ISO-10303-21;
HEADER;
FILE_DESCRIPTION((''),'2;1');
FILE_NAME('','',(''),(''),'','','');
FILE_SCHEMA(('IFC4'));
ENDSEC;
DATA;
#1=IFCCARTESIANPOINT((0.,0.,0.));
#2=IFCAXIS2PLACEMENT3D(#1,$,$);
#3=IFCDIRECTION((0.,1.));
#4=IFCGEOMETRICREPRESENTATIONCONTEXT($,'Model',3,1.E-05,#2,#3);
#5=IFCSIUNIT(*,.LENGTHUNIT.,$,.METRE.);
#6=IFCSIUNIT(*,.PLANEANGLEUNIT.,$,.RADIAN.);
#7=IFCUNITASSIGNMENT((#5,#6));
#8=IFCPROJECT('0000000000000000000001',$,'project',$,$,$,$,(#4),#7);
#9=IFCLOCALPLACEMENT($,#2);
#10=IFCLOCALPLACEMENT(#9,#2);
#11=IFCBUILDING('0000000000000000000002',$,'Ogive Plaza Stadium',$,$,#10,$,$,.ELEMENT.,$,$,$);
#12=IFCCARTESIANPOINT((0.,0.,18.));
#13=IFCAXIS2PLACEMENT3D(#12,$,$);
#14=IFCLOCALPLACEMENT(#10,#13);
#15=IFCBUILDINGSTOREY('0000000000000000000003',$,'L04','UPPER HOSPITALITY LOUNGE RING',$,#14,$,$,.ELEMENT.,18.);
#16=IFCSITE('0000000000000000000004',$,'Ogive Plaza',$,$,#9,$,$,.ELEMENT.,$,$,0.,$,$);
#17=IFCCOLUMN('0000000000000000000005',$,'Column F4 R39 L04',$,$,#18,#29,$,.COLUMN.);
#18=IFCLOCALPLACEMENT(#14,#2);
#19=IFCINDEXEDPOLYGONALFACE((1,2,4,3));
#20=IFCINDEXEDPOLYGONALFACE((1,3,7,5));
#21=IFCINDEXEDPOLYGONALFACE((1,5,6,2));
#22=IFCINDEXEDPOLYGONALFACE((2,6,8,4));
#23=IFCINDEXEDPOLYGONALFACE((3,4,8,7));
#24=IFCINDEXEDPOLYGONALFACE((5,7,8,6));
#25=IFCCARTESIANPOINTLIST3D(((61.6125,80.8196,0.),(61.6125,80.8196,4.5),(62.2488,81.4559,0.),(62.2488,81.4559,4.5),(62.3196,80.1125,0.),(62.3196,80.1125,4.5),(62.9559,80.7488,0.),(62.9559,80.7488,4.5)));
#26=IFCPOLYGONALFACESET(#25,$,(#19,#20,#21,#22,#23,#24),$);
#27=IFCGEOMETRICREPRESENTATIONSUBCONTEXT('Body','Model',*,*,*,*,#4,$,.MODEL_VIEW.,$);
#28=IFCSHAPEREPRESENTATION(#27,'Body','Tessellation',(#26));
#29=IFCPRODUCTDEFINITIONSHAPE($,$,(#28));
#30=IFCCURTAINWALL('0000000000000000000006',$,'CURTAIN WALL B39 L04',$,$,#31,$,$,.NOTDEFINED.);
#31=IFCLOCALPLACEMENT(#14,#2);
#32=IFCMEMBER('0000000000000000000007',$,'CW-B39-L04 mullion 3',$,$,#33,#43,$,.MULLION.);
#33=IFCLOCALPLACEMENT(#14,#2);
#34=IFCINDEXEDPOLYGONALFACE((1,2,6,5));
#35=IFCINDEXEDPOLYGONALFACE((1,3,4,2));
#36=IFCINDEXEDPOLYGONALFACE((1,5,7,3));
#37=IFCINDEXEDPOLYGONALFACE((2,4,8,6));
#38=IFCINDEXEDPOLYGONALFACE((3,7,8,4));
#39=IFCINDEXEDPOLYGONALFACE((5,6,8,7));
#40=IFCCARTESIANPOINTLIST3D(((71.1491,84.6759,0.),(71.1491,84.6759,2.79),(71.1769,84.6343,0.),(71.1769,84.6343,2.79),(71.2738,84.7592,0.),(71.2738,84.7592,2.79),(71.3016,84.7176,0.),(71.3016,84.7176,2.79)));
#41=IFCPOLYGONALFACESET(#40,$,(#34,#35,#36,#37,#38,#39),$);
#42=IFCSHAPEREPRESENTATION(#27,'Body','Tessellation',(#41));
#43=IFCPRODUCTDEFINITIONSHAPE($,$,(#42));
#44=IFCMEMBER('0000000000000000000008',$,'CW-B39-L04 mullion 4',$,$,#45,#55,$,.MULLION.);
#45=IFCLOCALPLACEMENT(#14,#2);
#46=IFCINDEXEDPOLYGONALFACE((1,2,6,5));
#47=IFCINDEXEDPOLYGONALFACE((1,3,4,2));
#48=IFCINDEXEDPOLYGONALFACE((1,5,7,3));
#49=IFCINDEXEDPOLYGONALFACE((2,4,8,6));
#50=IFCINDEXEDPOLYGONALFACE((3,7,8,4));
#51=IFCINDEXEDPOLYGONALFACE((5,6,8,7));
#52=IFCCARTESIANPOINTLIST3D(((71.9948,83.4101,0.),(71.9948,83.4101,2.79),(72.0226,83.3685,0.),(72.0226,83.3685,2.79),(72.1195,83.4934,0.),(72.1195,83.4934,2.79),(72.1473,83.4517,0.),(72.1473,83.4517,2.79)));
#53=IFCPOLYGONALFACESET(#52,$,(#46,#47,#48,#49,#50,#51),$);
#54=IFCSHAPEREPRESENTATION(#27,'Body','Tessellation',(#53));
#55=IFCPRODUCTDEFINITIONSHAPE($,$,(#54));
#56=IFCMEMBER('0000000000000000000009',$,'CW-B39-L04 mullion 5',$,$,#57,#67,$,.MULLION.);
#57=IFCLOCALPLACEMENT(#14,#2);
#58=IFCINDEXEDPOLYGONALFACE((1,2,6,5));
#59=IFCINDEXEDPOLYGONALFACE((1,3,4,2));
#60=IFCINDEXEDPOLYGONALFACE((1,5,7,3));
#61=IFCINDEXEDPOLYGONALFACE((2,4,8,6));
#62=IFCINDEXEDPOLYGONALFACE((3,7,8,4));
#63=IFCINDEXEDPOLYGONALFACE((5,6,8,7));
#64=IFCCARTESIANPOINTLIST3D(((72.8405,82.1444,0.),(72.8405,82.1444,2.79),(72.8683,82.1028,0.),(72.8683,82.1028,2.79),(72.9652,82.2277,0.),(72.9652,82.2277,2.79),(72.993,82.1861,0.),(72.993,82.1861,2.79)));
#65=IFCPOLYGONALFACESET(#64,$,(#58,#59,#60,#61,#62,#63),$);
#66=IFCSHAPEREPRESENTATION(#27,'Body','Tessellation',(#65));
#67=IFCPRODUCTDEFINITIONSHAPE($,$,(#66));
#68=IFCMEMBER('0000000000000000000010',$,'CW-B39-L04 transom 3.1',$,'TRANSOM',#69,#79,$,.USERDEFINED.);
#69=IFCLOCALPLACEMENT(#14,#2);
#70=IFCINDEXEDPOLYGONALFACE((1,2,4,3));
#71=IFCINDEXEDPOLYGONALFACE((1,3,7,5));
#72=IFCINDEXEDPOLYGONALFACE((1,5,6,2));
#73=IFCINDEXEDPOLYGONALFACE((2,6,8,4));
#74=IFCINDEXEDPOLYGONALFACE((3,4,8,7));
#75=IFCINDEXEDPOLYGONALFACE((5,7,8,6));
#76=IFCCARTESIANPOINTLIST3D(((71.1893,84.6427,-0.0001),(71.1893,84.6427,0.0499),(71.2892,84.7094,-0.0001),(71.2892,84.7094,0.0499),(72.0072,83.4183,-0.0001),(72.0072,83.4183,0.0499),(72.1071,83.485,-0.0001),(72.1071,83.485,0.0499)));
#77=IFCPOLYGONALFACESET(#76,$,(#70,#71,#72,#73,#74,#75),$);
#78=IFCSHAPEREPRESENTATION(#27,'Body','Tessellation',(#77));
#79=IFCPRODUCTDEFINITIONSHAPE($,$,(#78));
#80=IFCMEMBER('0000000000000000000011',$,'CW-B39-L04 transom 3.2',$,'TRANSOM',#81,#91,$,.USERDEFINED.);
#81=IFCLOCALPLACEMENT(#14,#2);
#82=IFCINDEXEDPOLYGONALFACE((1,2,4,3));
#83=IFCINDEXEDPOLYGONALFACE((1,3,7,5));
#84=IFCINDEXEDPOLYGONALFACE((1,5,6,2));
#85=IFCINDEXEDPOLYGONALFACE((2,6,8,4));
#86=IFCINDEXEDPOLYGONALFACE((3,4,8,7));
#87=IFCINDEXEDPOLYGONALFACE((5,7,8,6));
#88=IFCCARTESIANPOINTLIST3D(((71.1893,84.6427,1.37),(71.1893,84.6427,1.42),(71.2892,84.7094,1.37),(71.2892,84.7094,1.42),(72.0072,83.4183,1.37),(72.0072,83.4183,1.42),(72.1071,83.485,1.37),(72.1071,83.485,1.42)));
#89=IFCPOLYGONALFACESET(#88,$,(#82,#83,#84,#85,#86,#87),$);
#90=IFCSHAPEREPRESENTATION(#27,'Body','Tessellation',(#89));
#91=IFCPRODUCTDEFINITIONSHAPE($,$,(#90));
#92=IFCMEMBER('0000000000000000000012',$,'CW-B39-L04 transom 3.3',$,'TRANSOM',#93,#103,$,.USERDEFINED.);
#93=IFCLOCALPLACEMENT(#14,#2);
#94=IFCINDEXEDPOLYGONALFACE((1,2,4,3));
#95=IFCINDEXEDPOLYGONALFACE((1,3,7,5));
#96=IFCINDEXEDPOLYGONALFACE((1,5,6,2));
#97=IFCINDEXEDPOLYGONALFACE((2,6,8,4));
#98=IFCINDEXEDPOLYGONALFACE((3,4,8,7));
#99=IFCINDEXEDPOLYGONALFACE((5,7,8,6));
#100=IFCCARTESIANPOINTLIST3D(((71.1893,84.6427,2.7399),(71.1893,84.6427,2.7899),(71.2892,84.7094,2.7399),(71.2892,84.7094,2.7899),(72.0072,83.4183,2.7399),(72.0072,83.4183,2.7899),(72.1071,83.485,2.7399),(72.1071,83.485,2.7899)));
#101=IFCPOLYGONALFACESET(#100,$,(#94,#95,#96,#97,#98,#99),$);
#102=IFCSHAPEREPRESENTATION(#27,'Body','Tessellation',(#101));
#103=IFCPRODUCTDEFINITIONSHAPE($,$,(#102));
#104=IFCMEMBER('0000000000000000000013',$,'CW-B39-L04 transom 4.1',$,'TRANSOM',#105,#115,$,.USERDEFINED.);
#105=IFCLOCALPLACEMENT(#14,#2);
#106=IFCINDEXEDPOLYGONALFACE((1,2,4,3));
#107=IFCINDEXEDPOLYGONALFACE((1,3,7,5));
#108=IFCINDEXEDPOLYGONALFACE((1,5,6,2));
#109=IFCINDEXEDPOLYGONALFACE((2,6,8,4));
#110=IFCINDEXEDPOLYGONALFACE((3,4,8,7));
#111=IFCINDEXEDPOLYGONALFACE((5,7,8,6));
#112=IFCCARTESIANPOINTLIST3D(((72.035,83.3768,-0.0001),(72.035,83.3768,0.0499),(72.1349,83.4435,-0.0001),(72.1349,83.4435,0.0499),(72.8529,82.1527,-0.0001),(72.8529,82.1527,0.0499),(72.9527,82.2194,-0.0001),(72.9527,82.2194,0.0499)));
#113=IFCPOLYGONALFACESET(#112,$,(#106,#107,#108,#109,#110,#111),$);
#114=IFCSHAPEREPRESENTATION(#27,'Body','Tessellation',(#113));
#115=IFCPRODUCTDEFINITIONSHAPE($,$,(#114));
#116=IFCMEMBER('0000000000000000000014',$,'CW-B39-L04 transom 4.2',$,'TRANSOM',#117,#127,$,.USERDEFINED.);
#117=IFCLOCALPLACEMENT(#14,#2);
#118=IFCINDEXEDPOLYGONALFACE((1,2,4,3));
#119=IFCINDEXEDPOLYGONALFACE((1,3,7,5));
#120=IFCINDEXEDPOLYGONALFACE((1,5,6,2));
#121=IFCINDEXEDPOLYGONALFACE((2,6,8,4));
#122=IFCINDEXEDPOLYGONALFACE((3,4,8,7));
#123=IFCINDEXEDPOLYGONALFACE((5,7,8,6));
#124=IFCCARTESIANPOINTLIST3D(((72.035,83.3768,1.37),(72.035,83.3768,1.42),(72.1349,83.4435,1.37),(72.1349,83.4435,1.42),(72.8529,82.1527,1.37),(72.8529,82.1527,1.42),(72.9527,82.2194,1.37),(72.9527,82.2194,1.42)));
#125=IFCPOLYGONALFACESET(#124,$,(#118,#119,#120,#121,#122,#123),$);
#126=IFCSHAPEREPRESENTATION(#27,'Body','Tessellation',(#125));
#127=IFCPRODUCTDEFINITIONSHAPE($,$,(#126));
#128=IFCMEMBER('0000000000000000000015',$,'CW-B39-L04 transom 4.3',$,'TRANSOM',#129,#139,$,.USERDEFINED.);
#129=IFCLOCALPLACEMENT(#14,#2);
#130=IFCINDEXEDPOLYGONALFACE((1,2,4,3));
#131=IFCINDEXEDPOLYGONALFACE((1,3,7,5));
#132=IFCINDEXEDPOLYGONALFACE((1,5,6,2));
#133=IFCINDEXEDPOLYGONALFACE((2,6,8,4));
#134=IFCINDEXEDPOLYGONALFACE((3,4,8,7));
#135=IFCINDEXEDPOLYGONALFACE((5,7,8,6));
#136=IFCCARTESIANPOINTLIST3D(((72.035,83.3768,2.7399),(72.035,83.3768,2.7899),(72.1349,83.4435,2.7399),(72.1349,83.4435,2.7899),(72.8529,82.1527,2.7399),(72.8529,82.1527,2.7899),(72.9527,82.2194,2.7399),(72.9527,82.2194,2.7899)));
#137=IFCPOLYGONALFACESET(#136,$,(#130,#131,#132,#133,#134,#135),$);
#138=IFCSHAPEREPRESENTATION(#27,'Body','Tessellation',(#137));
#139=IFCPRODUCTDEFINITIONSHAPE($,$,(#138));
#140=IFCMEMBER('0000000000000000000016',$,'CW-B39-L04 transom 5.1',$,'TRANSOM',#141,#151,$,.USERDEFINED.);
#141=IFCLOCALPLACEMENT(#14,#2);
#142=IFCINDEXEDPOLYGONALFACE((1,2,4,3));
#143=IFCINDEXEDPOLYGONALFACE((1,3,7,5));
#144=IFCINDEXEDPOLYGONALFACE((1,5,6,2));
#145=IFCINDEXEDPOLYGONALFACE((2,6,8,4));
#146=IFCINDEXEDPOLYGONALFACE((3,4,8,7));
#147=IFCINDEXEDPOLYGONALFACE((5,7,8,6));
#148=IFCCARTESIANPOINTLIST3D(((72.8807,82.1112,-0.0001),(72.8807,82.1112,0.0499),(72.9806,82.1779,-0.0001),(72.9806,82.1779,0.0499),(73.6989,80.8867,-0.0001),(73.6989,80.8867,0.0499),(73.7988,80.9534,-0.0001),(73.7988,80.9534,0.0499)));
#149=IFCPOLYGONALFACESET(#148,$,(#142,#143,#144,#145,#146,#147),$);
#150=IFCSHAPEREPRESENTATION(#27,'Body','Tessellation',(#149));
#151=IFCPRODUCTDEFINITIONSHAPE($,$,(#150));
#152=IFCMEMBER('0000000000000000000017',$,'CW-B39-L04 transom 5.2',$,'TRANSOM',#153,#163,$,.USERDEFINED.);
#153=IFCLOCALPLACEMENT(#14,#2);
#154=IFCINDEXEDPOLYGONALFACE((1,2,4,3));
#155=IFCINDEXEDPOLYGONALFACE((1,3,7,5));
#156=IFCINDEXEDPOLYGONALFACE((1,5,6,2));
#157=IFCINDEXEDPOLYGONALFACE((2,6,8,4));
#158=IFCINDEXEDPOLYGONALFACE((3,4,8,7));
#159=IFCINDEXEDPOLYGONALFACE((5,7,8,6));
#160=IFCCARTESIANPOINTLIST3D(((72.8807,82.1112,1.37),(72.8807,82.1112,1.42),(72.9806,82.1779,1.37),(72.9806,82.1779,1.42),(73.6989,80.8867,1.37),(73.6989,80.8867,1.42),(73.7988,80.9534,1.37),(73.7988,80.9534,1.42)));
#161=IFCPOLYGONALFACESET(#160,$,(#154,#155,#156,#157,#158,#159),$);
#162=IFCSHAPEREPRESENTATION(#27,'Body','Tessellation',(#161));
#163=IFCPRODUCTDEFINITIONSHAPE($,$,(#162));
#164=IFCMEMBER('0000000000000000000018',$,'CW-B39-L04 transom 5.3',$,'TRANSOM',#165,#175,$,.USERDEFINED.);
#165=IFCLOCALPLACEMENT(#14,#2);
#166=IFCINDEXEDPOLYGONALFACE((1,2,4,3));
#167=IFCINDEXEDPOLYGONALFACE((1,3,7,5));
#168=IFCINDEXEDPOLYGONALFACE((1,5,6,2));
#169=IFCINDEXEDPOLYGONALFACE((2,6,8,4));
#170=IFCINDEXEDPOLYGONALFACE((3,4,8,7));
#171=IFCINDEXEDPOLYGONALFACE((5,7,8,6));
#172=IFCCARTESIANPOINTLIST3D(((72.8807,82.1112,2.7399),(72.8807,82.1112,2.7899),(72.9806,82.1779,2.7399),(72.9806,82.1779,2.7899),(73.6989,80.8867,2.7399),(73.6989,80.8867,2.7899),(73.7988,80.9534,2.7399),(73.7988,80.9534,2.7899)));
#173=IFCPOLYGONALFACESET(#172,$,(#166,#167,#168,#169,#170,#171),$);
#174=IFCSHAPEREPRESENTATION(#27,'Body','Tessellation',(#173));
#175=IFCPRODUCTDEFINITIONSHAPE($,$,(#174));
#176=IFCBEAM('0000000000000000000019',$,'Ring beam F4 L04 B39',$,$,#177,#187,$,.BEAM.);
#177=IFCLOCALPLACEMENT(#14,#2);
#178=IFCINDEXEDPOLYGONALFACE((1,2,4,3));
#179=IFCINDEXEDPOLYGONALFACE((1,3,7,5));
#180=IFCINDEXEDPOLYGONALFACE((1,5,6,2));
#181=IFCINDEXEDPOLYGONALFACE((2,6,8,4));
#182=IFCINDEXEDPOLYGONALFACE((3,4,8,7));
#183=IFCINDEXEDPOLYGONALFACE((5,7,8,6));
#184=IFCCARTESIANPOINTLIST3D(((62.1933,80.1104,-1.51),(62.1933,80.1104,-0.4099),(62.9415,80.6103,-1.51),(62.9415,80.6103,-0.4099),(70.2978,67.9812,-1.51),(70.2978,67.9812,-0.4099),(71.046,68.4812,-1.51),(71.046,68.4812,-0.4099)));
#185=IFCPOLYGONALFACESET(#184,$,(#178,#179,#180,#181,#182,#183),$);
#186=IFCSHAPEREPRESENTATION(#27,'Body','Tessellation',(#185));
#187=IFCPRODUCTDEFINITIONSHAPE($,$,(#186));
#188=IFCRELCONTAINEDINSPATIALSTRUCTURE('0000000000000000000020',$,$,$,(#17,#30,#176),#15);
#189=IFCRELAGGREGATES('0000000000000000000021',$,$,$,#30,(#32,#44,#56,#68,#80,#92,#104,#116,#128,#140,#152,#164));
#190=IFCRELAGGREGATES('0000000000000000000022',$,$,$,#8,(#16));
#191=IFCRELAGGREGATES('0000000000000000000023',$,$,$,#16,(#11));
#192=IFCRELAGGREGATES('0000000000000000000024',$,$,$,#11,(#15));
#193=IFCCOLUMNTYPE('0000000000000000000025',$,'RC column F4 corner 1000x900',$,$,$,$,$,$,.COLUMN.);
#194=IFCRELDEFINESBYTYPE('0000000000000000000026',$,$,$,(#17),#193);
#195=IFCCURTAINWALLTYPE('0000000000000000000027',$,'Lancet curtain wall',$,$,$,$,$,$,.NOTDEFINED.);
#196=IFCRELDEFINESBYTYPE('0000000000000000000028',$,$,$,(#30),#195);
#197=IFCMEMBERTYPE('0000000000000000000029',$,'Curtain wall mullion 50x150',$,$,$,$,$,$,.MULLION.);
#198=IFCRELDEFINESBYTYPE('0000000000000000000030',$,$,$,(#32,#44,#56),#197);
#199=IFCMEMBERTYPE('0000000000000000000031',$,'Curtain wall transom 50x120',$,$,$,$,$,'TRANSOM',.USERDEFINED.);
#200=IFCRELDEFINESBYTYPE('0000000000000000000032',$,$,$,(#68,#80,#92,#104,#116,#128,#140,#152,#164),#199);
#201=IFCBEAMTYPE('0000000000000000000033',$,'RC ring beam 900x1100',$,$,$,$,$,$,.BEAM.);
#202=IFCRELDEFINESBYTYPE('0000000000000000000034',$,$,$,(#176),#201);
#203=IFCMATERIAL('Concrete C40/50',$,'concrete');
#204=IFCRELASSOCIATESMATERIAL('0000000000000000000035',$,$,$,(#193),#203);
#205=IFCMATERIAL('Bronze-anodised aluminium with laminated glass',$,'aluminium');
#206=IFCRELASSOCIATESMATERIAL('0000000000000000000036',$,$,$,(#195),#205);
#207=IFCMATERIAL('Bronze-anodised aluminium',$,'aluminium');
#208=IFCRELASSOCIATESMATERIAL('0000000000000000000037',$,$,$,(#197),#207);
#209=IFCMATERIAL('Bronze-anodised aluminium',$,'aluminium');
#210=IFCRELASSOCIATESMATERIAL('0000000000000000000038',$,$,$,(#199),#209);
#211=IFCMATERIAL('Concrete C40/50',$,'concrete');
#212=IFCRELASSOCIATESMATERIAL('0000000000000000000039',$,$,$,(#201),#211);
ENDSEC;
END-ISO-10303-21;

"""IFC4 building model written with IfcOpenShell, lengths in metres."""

from ifc_helpers import new_model, si_unit, direction, frame, origin, origin_2d, place, context, subcontext, project, spatial, rectangle, extrude, material, material_profile, profile_set, type_object, element, aggregate, save


model = new_model("IFC4")

# Units and contexts
model_context = context("Model", 3, precision=1e-05, world=origin(), true_north=direction((0.0, 1.0)))
body_context = subcontext(model_context, "Body", "Model", "MODEL_VIEW")
ifc_project = project(units=[si_unit("LENGTHUNIT", "METRE"), si_unit("PLANEANGLEUNIT", "RADIAN")], contexts=[model_context])

# Site, building, storey
site_placement = place(None, origin())
site = spatial("IfcSite", under=ifc_project, at=site_placement, Name="Ogive Plaza", CompositionType="ELEMENT", RefElevation=0.0)
building_placement = place(site_placement, origin())
building = spatial("IfcBuilding", under=site, at=building_placement, Name="Ogive Plaza Stadium", CompositionType="ELEMENT")
storey_placement = place(building_placement, frame((0.0, 0.0, 18.0)))
storey = spatial("IfcBuildingStorey", under=building, at=storey_placement, Name="L04", Description="UPPER HOSPITALITY LOUNGE RING", CompositionType="ELEMENT", Elevation=18.0)

# Column
ifc_material_1 = material(Name="Concrete C40/50", Category="concrete")
ifc_material_profile_1 = material_profile(ifc_material_1, rectangle(XDim=1.0, YDim=0.8999, at=origin_2d()), Name="RC 1000x900")
ifc_profile_set_1 = profile_set([ifc_material_profile_1], Name="Concrete C40/50")
column_type = type_object("IfcColumnType", Name="RC column F4 corner 1000x900", PredefinedType="COLUMN", material=ifc_profile_set_1)
column_placement = place(storey_placement, frame((62.2842, 80.7842, 0.0), z_axis=(0.0, 0.0, 1.0), x_axis=(-0.707107, 0.707107, 0.0)))
element("IfcColumn", 1, at=column_placement, inside=storey, type_object=column_type, Name="Column F4 R39 L04", PredefinedType="COLUMN", context=body_context, shape_type="SweptSolid", body=[
    extrude(rectangle(XDim=1.0, YDim=0.8999, at=origin_2d()), origin(), (0.0, 0.0, 1.0), 4.5),
])

# Curtain wall, members
ifc_material_2 = material(Name="Bronze-anodised aluminium with laminated glass", Category="aluminium")
curtain_wall_type = type_object("IfcCurtainWallType", Name="Lancet curtain wall", PredefinedType="NOTDEFINED", material=ifc_material_2)
curtain_wall_placement = place(storey_placement, origin())
curtain_wall = element("IfcCurtainWall", 2, at=curtain_wall_placement, inside=storey, type_object=curtain_wall_type, Name="CURTAIN WALL B39 L04", PredefinedType="NOTDEFINED")
ifc_material_3 = material(Name="Bronze-anodised aluminium", Category="aluminium")
ifc_material_profile_2 = material_profile(ifc_material_3, rectangle(XDim=0.1499, YDim=0.05, at=origin_2d()), Name="AL 150x50")
ifc_profile_set_2 = profile_set([ifc_material_profile_2], Name="Bronze-anodised aluminium")
member_type_1 = type_object("IfcMemberType", Name="Curtain wall mullion 50x150", PredefinedType="MULLION", material=ifc_profile_set_2)
member_1_placement = place(storey_placement, frame((71.2253, 84.6968, 0.0), z_axis=(0.0, 0.0, 1.0), x_axis=(0.83147, 0.55557, 0.0)))
member_1 = element("IfcMember", 3, at=member_1_placement, type_object=member_type_1, Name="CW-B39-L04 mullion 3", PredefinedType="MULLION", context=body_context, shape_type="SweptSolid", body=[
    extrude(rectangle(XDim=0.1499, YDim=0.05, at=origin_2d()), origin(), (0.0, 0.0, 1.0), 2.79),
])
member_2_placement = place(storey_placement, frame((72.071, 83.4309, 0.0), z_axis=(0.0, 0.0, 1.0), x_axis=(0.83147, 0.55557, 0.0)))
member_2 = element("IfcMember", 4, at=member_2_placement, type_object=member_type_1, Name="CW-B39-L04 mullion 4", PredefinedType="MULLION", context=body_context, shape_type="SweptSolid", body=[
    extrude(rectangle(XDim=0.1499, YDim=0.05, at=origin_2d()), origin(), (0.0, 0.0, 1.0), 2.79),
])
member_3_placement = place(storey_placement, frame((72.9167, 82.1653, 0.0), z_axis=(0.0, 0.0, 1.0), x_axis=(0.83147, 0.55557, 0.0)))
member_3 = element("IfcMember", 5, at=member_3_placement, type_object=member_type_1, Name="CW-B39-L04 mullion 5", PredefinedType="MULLION", context=body_context, shape_type="SweptSolid", body=[
    extrude(rectangle(XDim=0.1499, YDim=0.05, at=origin_2d()), origin(), (0.0, 0.0, 1.0), 2.79),
])
ifc_material_4 = material(Name="Bronze-anodised aluminium", Category="aluminium")
ifc_material_profile_3 = material_profile(ifc_material_4, rectangle(XDim=0.1201, YDim=0.05, at=origin_2d()), Name="AL 120x50")
ifc_profile_set_3 = profile_set([ifc_material_profile_3], Name="Bronze-anodised aluminium")
member_type_2 = type_object("IfcMemberType", Name="Curtain wall transom 50x120", ElementType="TRANSOM", PredefinedType="USERDEFINED", material=ifc_profile_set_3)
member_4_placement = place(storey_placement, frame((71.2393, 84.676, 0.0249), z_axis=(0.555465, -0.83154, 0.0), x_axis=(0.83154, 0.555465, 0.0)))
member_4 = element("IfcMember", 6, at=member_4_placement, type_object=member_type_2, Name="CW-B39-L04 transom 3.1", ObjectType="TRANSOM", PredefinedType="USERDEFINED", context=body_context, shape_type="SweptSolid", body=[
    extrude(rectangle(XDim=0.1201, YDim=0.05, at=origin_2d()), origin(), (0.0, 0.0, 1.0), 1.4724),
])
member_5_placement = place(storey_placement, frame((71.2393, 84.676, 1.395), z_axis=(0.555465, -0.83154, 0.0), x_axis=(0.83154, 0.555465, 0.0)))
member_5 = element("IfcMember", 7, at=member_5_placement, type_object=member_type_2, Name="CW-B39-L04 transom 3.2", ObjectType="TRANSOM", PredefinedType="USERDEFINED", context=body_context, shape_type="SweptSolid", body=[
    extrude(rectangle(XDim=0.1201, YDim=0.05, at=origin_2d()), origin(), (0.0, 0.0, 1.0), 1.4724),
])
member_6_placement = place(storey_placement, frame((71.2393, 84.676, 2.7649), z_axis=(0.555465, -0.83154, 0.0), x_axis=(0.83154, 0.555465, 0.0)))
member_6 = element("IfcMember", 8, at=member_6_placement, type_object=member_type_2, Name="CW-B39-L04 transom 3.3", ObjectType="TRANSOM", PredefinedType="USERDEFINED", context=body_context, shape_type="SweptSolid", body=[
    extrude(rectangle(XDim=0.1201, YDim=0.05, at=origin_2d()), origin(), (0.0, 0.0, 1.0), 1.4724),
])
member_7_placement = place(storey_placement, frame((72.085, 83.4102, 0.0249), z_axis=(0.555542, -0.831489, 0.0), x_axis=(0.831489, 0.555542, 0.0)))
member_7 = element("IfcMember", 9, at=member_7_placement, type_object=member_type_2, Name="CW-B39-L04 transom 4.1", ObjectType="TRANSOM", PredefinedType="USERDEFINED", context=body_context, shape_type="SweptSolid", body=[
    extrude(rectangle(XDim=0.1201, YDim=0.05, at=origin_2d()), origin(), (0.0, 0.0, 1.0), 1.4722),
])
member_8_placement = place(storey_placement, frame((72.085, 83.4102, 1.395), z_axis=(0.555542, -0.831489, 0.0), x_axis=(0.831489, 0.555542, 0.0)))
member_8 = element("IfcMember", 10, at=member_8_placement, type_object=member_type_2, Name="CW-B39-L04 transom 4.2", ObjectType="TRANSOM", PredefinedType="USERDEFINED", context=body_context, shape_type="SweptSolid", body=[
    extrude(rectangle(XDim=0.1201, YDim=0.05, at=origin_2d()), origin(), (0.0, 0.0, 1.0), 1.4722),
])
member_9_placement = place(storey_placement, frame((72.085, 83.4102, 2.7649), z_axis=(0.555542, -0.831489, 0.0), x_axis=(0.831489, 0.555542, 0.0)))
member_9 = element("IfcMember", 11, at=member_9_placement, type_object=member_type_2, Name="CW-B39-L04 transom 4.3", ObjectType="TRANSOM", PredefinedType="USERDEFINED", context=body_context, shape_type="SweptSolid", body=[
    extrude(rectangle(XDim=0.1201, YDim=0.05, at=origin_2d()), origin(), (0.0, 0.0, 1.0), 1.4722),
])
member_10_placement = place(storey_placement, frame((72.9307, 82.1445, 0.0249), z_axis=(0.55558, -0.831463, 0.0), x_axis=(0.831463, 0.55558, 0.0)))
member_10 = element("IfcMember", 12, at=member_10_placement, type_object=member_type_2, Name="CW-B39-L04 transom 5.1", ObjectType="TRANSOM", PredefinedType="USERDEFINED", context=body_context, shape_type="SweptSolid", body=[
    extrude(rectangle(XDim=0.1201, YDim=0.05, at=origin_2d()), origin(), (0.0, 0.0, 1.0), 1.4727),
])
member_11_placement = place(storey_placement, frame((72.9307, 82.1445, 1.395), z_axis=(0.55558, -0.831463, 0.0), x_axis=(0.831463, 0.55558, 0.0)))
member_11 = element("IfcMember", 13, at=member_11_placement, type_object=member_type_2, Name="CW-B39-L04 transom 5.2", ObjectType="TRANSOM", PredefinedType="USERDEFINED", context=body_context, shape_type="SweptSolid", body=[
    extrude(rectangle(XDim=0.1201, YDim=0.05, at=origin_2d()), origin(), (0.0, 0.0, 1.0), 1.4727),
])
member_12_placement = place(storey_placement, frame((72.9307, 82.1445, 2.7649), z_axis=(0.55558, -0.831463, 0.0), x_axis=(0.831463, 0.55558, 0.0)))
member_12 = element("IfcMember", 14, at=member_12_placement, type_object=member_type_2, Name="CW-B39-L04 transom 5.3", ObjectType="TRANSOM", PredefinedType="USERDEFINED", context=body_context, shape_type="SweptSolid", body=[
    extrude(rectangle(XDim=0.1201, YDim=0.05, at=origin_2d()), origin(), (0.0, 0.0, 1.0), 1.4727),
])

# Beam
ifc_material_5 = material(Name="Concrete C40/50", Category="concrete")
ifc_material_profile_4 = material_profile(ifc_material_5, rectangle(XDim=0.8999, YDim=1.1001, at=origin_2d()), Name="RC 900x1100")
ifc_profile_set_4 = profile_set([ifc_material_profile_4], Name="Concrete C40/50")
beam_type = type_object("IfcBeamType", Name="RC ring beam 900x1100", PredefinedType="BEAM", material=ifc_profile_set_4)
beam_placement = place(storey_placement, frame((62.5674, 80.3604, -0.96), z_axis=(0.555573, -0.831468, 0.0), x_axis=(0.831468, 0.555573, 0.0)))
element("IfcBeam", 15, at=beam_placement, inside=storey, type_object=beam_type, Name="Ring beam F4 L04 B39", PredefinedType="BEAM", context=body_context, shape_type="SweptSolid", body=[
    extrude(rectangle(XDim=0.8999, YDim=1.1001, at=origin_2d()), origin(), (0.0, 0.0, 1.0), 14.5876),
])

aggregate(curtain_wall, [member_1, member_2, member_3, member_4, member_5, member_6, member_7, member_8, member_9, member_10, member_11, member_12])

save(model, "model.ifc")
